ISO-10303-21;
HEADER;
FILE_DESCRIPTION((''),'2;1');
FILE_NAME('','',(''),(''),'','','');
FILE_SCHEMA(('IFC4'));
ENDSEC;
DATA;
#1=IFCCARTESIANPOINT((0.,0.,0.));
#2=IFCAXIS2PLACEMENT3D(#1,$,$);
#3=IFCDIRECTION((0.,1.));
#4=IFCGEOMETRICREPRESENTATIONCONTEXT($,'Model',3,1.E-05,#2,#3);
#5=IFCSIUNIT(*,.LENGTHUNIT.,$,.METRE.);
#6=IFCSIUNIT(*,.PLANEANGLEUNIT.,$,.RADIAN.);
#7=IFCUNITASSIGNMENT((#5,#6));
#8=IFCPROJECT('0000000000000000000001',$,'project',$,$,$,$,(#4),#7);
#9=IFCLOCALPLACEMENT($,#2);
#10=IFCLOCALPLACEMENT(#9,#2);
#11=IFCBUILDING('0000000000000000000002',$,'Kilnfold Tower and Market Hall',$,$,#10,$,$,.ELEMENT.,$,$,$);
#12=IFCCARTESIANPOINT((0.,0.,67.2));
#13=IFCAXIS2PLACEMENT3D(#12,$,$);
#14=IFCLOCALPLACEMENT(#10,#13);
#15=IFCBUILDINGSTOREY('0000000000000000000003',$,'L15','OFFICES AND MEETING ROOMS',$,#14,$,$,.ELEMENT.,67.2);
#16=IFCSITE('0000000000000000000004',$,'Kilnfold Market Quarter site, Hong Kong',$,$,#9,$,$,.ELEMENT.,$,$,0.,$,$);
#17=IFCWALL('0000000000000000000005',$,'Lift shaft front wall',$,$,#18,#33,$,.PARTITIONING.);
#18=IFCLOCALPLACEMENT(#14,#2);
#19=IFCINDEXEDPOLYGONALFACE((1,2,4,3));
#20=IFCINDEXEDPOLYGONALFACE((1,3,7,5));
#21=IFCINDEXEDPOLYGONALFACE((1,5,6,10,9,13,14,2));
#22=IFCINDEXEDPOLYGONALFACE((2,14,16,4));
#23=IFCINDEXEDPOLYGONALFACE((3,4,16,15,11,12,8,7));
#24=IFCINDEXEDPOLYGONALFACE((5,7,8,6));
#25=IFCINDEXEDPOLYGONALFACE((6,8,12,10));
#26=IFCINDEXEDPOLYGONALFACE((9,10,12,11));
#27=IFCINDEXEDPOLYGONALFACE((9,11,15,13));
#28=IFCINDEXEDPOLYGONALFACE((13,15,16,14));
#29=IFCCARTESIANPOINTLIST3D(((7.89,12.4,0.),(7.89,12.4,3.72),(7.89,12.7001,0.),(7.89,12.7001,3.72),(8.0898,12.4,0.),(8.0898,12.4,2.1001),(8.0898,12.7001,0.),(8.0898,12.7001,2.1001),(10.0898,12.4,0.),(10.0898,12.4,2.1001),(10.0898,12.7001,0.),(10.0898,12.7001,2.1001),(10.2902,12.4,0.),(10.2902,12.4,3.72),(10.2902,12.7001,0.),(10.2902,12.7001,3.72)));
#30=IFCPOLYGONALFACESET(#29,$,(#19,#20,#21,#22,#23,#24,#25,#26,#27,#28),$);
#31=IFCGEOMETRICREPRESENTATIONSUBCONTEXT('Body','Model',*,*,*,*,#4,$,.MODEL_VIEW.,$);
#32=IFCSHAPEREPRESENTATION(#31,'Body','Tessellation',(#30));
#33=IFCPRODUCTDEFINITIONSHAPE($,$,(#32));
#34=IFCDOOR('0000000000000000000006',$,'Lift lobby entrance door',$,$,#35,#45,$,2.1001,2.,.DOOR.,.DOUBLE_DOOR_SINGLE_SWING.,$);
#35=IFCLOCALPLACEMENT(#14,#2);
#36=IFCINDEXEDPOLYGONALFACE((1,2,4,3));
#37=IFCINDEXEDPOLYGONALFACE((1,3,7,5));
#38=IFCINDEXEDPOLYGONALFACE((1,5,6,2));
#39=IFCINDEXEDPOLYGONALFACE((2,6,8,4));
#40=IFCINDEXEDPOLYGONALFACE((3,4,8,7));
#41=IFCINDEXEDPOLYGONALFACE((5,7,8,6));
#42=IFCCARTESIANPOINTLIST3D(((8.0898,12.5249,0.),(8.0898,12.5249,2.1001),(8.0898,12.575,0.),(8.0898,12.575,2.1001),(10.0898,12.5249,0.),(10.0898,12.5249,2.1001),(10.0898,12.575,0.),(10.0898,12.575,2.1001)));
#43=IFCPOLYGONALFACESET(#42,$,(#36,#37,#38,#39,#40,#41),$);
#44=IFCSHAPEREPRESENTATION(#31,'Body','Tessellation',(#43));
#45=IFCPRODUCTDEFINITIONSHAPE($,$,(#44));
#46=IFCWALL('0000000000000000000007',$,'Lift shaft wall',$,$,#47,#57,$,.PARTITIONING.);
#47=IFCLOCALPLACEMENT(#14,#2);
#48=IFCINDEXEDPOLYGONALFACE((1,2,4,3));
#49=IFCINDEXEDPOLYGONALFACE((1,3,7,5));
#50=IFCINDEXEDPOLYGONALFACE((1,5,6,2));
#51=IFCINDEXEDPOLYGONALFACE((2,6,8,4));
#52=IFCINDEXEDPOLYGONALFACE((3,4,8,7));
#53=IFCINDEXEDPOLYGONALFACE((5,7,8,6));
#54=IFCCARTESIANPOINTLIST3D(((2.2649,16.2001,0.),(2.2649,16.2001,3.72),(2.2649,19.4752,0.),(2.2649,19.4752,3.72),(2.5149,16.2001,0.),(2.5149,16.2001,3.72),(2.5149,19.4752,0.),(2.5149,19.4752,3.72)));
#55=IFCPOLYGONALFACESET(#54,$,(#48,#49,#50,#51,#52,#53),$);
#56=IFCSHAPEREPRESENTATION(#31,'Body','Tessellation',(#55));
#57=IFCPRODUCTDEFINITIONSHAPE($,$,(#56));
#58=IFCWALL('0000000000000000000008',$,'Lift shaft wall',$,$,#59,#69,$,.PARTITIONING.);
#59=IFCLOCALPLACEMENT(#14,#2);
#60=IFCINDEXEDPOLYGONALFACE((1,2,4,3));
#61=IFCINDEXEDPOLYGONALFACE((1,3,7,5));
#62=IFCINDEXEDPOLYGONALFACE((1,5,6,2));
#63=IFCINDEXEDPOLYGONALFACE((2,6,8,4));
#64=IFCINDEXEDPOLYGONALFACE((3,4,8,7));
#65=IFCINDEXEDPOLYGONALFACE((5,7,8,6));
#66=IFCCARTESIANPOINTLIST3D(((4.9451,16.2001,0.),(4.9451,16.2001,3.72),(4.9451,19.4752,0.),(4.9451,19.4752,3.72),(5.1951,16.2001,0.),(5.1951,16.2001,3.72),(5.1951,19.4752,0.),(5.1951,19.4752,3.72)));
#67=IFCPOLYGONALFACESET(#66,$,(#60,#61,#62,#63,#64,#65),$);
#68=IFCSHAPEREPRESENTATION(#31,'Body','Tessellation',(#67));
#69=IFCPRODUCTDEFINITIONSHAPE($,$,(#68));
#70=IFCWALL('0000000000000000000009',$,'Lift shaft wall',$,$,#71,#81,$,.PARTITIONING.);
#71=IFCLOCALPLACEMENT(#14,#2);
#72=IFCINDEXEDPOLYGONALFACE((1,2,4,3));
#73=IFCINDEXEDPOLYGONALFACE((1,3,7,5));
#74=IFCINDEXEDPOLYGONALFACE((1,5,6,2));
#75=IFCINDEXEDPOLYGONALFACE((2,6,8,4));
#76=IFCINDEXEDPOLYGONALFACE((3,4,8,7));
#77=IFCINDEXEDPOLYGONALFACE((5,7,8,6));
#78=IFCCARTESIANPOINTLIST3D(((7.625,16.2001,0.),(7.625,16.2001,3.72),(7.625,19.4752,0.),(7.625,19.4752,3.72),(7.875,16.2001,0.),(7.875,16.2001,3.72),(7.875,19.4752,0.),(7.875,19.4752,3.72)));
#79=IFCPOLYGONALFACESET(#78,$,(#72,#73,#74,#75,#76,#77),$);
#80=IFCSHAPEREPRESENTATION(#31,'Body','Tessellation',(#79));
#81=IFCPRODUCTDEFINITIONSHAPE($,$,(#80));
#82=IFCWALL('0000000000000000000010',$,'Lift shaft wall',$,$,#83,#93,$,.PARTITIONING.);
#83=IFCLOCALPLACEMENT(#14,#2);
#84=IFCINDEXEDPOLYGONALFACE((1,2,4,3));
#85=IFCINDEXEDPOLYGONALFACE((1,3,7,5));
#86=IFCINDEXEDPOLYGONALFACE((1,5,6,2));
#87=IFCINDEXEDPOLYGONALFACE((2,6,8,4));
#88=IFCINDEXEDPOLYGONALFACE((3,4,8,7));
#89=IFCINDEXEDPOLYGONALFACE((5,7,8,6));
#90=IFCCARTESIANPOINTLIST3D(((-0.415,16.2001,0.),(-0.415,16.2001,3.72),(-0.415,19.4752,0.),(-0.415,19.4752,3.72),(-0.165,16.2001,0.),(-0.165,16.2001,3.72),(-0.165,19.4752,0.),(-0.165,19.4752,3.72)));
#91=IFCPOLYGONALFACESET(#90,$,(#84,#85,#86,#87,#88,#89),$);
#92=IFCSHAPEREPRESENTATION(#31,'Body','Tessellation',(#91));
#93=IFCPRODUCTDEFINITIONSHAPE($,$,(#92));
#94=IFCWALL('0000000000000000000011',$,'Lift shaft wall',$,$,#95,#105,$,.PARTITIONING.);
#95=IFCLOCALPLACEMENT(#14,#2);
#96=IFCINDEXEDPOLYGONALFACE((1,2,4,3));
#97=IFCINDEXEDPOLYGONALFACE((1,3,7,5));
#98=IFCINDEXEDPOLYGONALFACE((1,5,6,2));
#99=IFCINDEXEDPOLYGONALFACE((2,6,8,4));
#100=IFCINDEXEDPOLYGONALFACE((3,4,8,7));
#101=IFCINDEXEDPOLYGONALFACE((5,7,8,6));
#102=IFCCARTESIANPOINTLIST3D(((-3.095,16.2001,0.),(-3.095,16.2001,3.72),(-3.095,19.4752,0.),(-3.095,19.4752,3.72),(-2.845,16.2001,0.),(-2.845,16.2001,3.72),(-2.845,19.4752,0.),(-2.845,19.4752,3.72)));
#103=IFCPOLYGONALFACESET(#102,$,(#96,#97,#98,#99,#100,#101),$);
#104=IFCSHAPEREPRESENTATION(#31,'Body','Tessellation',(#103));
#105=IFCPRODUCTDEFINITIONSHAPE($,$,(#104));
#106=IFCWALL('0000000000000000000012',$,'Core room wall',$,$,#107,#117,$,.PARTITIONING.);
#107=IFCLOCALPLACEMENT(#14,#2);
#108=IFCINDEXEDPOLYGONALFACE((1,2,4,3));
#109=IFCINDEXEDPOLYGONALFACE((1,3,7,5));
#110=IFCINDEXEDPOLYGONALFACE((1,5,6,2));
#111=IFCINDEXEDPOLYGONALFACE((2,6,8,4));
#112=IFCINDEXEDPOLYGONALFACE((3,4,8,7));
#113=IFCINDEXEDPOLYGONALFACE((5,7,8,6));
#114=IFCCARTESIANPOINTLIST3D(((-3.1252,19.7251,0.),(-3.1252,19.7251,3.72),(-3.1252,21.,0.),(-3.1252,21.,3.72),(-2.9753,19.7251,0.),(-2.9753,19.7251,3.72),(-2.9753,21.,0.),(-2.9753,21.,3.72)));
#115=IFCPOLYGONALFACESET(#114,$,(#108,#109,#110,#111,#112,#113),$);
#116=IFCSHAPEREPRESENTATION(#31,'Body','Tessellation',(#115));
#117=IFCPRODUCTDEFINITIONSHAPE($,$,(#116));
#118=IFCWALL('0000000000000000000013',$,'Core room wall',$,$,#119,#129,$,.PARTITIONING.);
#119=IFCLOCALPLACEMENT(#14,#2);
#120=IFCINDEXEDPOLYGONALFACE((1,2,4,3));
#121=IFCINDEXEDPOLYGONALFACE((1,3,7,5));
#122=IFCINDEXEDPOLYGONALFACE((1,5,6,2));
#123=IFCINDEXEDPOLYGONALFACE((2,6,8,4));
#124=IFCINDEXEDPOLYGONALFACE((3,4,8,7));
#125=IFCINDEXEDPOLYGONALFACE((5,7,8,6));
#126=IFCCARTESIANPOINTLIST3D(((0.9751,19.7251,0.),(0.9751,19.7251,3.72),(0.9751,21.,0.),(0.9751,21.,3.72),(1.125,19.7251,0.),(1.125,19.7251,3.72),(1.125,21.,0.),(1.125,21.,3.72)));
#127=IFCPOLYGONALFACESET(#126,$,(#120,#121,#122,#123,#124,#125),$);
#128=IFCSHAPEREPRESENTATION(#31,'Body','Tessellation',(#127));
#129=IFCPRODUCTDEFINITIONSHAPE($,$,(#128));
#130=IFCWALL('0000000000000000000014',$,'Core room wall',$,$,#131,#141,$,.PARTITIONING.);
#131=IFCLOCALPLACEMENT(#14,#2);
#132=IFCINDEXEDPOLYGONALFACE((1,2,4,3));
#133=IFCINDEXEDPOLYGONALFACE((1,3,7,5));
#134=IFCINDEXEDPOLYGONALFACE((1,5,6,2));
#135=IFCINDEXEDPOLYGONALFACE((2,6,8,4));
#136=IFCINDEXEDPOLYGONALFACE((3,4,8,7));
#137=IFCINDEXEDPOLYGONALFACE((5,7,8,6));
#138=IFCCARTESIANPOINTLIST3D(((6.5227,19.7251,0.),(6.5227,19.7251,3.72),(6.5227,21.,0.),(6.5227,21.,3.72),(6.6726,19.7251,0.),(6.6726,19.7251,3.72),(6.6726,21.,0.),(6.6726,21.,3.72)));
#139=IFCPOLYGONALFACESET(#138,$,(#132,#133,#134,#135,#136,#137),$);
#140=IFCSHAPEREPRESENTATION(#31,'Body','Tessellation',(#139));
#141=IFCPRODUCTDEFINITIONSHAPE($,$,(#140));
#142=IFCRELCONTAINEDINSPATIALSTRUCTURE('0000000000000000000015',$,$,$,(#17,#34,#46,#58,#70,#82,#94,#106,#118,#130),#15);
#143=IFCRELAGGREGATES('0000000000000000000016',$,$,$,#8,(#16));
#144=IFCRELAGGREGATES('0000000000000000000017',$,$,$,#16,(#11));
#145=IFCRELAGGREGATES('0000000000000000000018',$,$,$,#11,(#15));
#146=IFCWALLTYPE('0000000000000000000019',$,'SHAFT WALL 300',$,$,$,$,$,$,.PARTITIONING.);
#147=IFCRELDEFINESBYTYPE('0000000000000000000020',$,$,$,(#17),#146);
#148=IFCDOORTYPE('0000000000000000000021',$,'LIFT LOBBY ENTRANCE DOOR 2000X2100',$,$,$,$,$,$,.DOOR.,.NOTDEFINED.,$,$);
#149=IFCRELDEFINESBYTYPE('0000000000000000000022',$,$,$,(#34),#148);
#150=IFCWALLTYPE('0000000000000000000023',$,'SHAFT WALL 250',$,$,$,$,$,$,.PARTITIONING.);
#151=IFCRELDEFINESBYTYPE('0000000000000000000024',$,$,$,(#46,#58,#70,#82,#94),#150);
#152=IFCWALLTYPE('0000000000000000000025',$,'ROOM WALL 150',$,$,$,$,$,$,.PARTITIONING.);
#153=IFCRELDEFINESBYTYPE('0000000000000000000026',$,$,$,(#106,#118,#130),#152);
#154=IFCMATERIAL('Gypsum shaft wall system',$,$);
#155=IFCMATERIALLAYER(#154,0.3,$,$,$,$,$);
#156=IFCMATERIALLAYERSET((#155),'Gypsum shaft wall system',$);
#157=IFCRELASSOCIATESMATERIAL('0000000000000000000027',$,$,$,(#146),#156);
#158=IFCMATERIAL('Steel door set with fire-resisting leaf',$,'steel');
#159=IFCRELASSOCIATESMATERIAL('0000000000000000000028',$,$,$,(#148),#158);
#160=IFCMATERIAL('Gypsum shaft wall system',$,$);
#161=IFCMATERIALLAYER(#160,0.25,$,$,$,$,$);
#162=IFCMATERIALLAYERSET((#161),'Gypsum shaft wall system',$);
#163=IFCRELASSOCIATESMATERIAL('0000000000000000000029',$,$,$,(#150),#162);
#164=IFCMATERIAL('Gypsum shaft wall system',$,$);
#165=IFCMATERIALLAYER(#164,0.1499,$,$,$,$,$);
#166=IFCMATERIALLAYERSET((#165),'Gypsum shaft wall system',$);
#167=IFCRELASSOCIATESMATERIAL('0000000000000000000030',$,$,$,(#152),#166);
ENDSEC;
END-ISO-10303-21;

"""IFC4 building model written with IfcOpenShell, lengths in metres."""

from ifc_helpers import new_model, si_unit, direction, frame, frame_2d, origin, place, context, subcontext, project, spatial, rectangle, extrude, source, transform, mapped, material, layer, layer_set, type_object, element, fill, save


model = new_model("IFC4")

# Units and contexts
model_context = context("Model", 3, precision=1e-05, world=origin(), true_north=direction((0.0, 1.0)))
body_context = subcontext(model_context, "Body", "Model", "MODEL_VIEW")
ifc_project = project(units=[si_unit("LENGTHUNIT", "METRE"), si_unit("PLANEANGLEUNIT", "RADIAN")], contexts=[model_context])

# Site, building, storey
site_placement = place(None, origin())
site = spatial("IfcSite", under=ifc_project, at=site_placement, Name="Kilnfold Market Quarter site, Hong Kong", CompositionType="ELEMENT", RefElevation=0.0)
building_placement = place(site_placement, origin())
building = spatial("IfcBuilding", under=site, at=building_placement, Name="Kilnfold Tower and Market Hall", CompositionType="ELEMENT")
storey_placement = place(building_placement, frame((0.0, 0.0, 67.2)))
storey = spatial("IfcBuildingStorey", under=building, at=storey_placement, Name="L15", Description="OFFICES AND MEETING ROOMS", CompositionType="ELEMENT", Elevation=67.2)

# Shared definitions
ifc_material_1 = material(Name="Gypsum shaft wall system")
ifc_layer_1 = layer(ifc_material_1, 0.3)
ifc_layer_set_1 = layer_set([ifc_layer_1], Name="Gypsum shaft wall system")
wall_type_1 = type_object("IfcWallType", Name="SHAFT WALL 300", PredefinedType="PARTITIONING", material=ifc_layer_set_1)

# Wall, opening, door
shared_shape_1 = source(origin(), body_context, "Body", "SweptSolid", [
    extrude(rectangle(XDim=2.4001, YDim=0.3, at=frame_2d((1.2002, 0.0))), origin(), (0.0, 0.0, 1.0), 3.72),
])
wall_1_placement = place(storey_placement, frame((7.8899, 12.55, 0.0), z_axis=(0.0, 0.0, 1.0), x_axis=(1.0, 0.0, 0.0)))
wall_1 = element("IfcWall", 1, at=wall_1_placement, inside=storey, type_object=wall_type_1, Name="Lift shaft front wall", PredefinedType="PARTITIONING", context=body_context, shape_type="MappedRepresentation", body=[
    mapped(shared_shape_1, transform((0.0, 0.0, 0.0))),
])
opening_1_placement = place(wall_1_placement, frame((0.2, 0.0, 0.0)))
opening_1 = element("IfcOpeningElement", 2, at=opening_1_placement, cuts=wall_1, PredefinedType="OPENING", context=body_context, shape_type="SweptSolid", body=[
    extrude(rectangle(XDim=2.0, YDim=2.1001, at=frame_2d((1.0, 1.05))), frame((0.0, 0.1602, 0.0), z_axis=(0.0, -1.0, 0.0), x_axis=(1.0, 0.0, 0.0)), (0.0, 0.0, 1.0), 0.3201),
])
ifc_material_2 = material(Name="Steel door set with fire-resisting leaf", Category="steel")
door_type_1 = type_object("IfcDoorType", Name="LIFT LOBBY ENTRANCE DOOR 2000X2100", OperationType="NOTDEFINED", PredefinedType="DOOR", material=ifc_material_2)
door_1_placement = place(opening_1_placement, origin())
door_1 = element("IfcDoor", 3, at=door_1_placement, inside=storey, type_object=door_type_1, Name="Lift lobby entrance door", OperationType="DOUBLE_DOOR_SINGLE_SWING", OverallHeight=2.1001, OverallWidth=2.0, PredefinedType="DOOR", context=body_context, shape_type="SweptSolid", body=[
    extrude(rectangle(XDim=2.0, YDim=2.1001, at=frame_2d((1.0, 1.05))), frame((0.0, 0.0249, 0.0), z_axis=(0.0, -1.0, 0.0), x_axis=(1.0, 0.0, 0.0)), (0.0, 0.0, 1.0), 0.05),
])
fill(opening_1, door_1)

# Walls
ifc_material_3 = material(Name="Gypsum shaft wall system")
ifc_layer_2 = layer(ifc_material_3, 0.25)
ifc_layer_set_2 = layer_set([ifc_layer_2], Name="Gypsum shaft wall system")
wall_type_2 = type_object("IfcWallType", Name="SHAFT WALL 250", PredefinedType="PARTITIONING", material=ifc_layer_set_2)
shared_shape_2 = source(origin(), body_context, "Body", "SweptSolid", [
    extrude(rectangle(XDim=3.2751, YDim=0.25, at=frame_2d((1.6377, 0.0))), origin(), (0.0, 0.0, 1.0), 3.72),
])
for number, where, z_axis, x_axis, name in (
    (4, (2.3899, 16.2, 0.0), (0.0, 0.0, 1.0), (0.0, 1.0, 0.0), "Lift shaft wall"),
    (5, (5.0701, 16.2, 0.0), (0.0, 0.0, 1.0), (0.0, 1.0, 0.0), "Lift shaft wall"),
    (6, (7.75, 16.2, 0.0), (0.0, 0.0, 1.0), (0.0, 1.0, 0.0), "Lift shaft wall"),
    (7, (-0.29, 16.2, 0.0), (0.0, 0.0, 1.0), (0.0, 1.0, 0.0), "Lift shaft wall"),
    (8, (-2.97, 16.2, 0.0), (0.0, 0.0, 1.0), (0.0, 1.0, 0.0), "Lift shaft wall"),
):
    element("IfcWall", number, at=place(storey_placement, frame(where, z_axis=z_axis, x_axis=x_axis)), inside=storey, type_object=wall_type_2, Name=name, PredefinedType="PARTITIONING", context=body_context, shape_type="MappedRepresentation", body=[
        mapped(shared_shape_2, transform((0.0, 0.0, 0.0))),
    ])
ifc_material_4 = material(Name="Gypsum shaft wall system")
ifc_layer_3 = layer(ifc_material_4, 0.1499)
ifc_layer_set_3 = layer_set([ifc_layer_3], Name="Gypsum shaft wall system")
wall_type_3 = type_object("IfcWallType", Name="ROOM WALL 150", PredefinedType="PARTITIONING", material=ifc_layer_set_3)
shared_shape_3 = source(origin(), body_context, "Body", "SweptSolid", [
    extrude(rectangle(XDim=1.2749, YDim=0.1499, at=frame_2d((0.6375, 0.0))), origin(), (0.0, 0.0, 1.0), 3.72),
])
for number, where, z_axis, x_axis, name in (
    (9, (-3.0503, 19.7251, 0.0), (0.0, 0.0, 1.0), (0.0, 1.0, 0.0), "Core room wall"),
    (10, (1.05, 19.7251, 0.0), (0.0, 0.0, 1.0), (0.0, 1.0, 0.0), "Core room wall"),
    (11, (6.5977, 19.7251, 0.0), (0.0, 0.0, 1.0), (0.0, 1.0, 0.0), "Core room wall"),
):
    element("IfcWall", number, at=place(storey_placement, frame(where, z_axis=z_axis, x_axis=x_axis)), inside=storey, type_object=wall_type_3, Name=name, PredefinedType="PARTITIONING", context=body_context, shape_type="MappedRepresentation", body=[
        mapped(shared_shape_3, transform((0.0, 0.0, 0.0))),
    ])

save(model, "model.ifc")
